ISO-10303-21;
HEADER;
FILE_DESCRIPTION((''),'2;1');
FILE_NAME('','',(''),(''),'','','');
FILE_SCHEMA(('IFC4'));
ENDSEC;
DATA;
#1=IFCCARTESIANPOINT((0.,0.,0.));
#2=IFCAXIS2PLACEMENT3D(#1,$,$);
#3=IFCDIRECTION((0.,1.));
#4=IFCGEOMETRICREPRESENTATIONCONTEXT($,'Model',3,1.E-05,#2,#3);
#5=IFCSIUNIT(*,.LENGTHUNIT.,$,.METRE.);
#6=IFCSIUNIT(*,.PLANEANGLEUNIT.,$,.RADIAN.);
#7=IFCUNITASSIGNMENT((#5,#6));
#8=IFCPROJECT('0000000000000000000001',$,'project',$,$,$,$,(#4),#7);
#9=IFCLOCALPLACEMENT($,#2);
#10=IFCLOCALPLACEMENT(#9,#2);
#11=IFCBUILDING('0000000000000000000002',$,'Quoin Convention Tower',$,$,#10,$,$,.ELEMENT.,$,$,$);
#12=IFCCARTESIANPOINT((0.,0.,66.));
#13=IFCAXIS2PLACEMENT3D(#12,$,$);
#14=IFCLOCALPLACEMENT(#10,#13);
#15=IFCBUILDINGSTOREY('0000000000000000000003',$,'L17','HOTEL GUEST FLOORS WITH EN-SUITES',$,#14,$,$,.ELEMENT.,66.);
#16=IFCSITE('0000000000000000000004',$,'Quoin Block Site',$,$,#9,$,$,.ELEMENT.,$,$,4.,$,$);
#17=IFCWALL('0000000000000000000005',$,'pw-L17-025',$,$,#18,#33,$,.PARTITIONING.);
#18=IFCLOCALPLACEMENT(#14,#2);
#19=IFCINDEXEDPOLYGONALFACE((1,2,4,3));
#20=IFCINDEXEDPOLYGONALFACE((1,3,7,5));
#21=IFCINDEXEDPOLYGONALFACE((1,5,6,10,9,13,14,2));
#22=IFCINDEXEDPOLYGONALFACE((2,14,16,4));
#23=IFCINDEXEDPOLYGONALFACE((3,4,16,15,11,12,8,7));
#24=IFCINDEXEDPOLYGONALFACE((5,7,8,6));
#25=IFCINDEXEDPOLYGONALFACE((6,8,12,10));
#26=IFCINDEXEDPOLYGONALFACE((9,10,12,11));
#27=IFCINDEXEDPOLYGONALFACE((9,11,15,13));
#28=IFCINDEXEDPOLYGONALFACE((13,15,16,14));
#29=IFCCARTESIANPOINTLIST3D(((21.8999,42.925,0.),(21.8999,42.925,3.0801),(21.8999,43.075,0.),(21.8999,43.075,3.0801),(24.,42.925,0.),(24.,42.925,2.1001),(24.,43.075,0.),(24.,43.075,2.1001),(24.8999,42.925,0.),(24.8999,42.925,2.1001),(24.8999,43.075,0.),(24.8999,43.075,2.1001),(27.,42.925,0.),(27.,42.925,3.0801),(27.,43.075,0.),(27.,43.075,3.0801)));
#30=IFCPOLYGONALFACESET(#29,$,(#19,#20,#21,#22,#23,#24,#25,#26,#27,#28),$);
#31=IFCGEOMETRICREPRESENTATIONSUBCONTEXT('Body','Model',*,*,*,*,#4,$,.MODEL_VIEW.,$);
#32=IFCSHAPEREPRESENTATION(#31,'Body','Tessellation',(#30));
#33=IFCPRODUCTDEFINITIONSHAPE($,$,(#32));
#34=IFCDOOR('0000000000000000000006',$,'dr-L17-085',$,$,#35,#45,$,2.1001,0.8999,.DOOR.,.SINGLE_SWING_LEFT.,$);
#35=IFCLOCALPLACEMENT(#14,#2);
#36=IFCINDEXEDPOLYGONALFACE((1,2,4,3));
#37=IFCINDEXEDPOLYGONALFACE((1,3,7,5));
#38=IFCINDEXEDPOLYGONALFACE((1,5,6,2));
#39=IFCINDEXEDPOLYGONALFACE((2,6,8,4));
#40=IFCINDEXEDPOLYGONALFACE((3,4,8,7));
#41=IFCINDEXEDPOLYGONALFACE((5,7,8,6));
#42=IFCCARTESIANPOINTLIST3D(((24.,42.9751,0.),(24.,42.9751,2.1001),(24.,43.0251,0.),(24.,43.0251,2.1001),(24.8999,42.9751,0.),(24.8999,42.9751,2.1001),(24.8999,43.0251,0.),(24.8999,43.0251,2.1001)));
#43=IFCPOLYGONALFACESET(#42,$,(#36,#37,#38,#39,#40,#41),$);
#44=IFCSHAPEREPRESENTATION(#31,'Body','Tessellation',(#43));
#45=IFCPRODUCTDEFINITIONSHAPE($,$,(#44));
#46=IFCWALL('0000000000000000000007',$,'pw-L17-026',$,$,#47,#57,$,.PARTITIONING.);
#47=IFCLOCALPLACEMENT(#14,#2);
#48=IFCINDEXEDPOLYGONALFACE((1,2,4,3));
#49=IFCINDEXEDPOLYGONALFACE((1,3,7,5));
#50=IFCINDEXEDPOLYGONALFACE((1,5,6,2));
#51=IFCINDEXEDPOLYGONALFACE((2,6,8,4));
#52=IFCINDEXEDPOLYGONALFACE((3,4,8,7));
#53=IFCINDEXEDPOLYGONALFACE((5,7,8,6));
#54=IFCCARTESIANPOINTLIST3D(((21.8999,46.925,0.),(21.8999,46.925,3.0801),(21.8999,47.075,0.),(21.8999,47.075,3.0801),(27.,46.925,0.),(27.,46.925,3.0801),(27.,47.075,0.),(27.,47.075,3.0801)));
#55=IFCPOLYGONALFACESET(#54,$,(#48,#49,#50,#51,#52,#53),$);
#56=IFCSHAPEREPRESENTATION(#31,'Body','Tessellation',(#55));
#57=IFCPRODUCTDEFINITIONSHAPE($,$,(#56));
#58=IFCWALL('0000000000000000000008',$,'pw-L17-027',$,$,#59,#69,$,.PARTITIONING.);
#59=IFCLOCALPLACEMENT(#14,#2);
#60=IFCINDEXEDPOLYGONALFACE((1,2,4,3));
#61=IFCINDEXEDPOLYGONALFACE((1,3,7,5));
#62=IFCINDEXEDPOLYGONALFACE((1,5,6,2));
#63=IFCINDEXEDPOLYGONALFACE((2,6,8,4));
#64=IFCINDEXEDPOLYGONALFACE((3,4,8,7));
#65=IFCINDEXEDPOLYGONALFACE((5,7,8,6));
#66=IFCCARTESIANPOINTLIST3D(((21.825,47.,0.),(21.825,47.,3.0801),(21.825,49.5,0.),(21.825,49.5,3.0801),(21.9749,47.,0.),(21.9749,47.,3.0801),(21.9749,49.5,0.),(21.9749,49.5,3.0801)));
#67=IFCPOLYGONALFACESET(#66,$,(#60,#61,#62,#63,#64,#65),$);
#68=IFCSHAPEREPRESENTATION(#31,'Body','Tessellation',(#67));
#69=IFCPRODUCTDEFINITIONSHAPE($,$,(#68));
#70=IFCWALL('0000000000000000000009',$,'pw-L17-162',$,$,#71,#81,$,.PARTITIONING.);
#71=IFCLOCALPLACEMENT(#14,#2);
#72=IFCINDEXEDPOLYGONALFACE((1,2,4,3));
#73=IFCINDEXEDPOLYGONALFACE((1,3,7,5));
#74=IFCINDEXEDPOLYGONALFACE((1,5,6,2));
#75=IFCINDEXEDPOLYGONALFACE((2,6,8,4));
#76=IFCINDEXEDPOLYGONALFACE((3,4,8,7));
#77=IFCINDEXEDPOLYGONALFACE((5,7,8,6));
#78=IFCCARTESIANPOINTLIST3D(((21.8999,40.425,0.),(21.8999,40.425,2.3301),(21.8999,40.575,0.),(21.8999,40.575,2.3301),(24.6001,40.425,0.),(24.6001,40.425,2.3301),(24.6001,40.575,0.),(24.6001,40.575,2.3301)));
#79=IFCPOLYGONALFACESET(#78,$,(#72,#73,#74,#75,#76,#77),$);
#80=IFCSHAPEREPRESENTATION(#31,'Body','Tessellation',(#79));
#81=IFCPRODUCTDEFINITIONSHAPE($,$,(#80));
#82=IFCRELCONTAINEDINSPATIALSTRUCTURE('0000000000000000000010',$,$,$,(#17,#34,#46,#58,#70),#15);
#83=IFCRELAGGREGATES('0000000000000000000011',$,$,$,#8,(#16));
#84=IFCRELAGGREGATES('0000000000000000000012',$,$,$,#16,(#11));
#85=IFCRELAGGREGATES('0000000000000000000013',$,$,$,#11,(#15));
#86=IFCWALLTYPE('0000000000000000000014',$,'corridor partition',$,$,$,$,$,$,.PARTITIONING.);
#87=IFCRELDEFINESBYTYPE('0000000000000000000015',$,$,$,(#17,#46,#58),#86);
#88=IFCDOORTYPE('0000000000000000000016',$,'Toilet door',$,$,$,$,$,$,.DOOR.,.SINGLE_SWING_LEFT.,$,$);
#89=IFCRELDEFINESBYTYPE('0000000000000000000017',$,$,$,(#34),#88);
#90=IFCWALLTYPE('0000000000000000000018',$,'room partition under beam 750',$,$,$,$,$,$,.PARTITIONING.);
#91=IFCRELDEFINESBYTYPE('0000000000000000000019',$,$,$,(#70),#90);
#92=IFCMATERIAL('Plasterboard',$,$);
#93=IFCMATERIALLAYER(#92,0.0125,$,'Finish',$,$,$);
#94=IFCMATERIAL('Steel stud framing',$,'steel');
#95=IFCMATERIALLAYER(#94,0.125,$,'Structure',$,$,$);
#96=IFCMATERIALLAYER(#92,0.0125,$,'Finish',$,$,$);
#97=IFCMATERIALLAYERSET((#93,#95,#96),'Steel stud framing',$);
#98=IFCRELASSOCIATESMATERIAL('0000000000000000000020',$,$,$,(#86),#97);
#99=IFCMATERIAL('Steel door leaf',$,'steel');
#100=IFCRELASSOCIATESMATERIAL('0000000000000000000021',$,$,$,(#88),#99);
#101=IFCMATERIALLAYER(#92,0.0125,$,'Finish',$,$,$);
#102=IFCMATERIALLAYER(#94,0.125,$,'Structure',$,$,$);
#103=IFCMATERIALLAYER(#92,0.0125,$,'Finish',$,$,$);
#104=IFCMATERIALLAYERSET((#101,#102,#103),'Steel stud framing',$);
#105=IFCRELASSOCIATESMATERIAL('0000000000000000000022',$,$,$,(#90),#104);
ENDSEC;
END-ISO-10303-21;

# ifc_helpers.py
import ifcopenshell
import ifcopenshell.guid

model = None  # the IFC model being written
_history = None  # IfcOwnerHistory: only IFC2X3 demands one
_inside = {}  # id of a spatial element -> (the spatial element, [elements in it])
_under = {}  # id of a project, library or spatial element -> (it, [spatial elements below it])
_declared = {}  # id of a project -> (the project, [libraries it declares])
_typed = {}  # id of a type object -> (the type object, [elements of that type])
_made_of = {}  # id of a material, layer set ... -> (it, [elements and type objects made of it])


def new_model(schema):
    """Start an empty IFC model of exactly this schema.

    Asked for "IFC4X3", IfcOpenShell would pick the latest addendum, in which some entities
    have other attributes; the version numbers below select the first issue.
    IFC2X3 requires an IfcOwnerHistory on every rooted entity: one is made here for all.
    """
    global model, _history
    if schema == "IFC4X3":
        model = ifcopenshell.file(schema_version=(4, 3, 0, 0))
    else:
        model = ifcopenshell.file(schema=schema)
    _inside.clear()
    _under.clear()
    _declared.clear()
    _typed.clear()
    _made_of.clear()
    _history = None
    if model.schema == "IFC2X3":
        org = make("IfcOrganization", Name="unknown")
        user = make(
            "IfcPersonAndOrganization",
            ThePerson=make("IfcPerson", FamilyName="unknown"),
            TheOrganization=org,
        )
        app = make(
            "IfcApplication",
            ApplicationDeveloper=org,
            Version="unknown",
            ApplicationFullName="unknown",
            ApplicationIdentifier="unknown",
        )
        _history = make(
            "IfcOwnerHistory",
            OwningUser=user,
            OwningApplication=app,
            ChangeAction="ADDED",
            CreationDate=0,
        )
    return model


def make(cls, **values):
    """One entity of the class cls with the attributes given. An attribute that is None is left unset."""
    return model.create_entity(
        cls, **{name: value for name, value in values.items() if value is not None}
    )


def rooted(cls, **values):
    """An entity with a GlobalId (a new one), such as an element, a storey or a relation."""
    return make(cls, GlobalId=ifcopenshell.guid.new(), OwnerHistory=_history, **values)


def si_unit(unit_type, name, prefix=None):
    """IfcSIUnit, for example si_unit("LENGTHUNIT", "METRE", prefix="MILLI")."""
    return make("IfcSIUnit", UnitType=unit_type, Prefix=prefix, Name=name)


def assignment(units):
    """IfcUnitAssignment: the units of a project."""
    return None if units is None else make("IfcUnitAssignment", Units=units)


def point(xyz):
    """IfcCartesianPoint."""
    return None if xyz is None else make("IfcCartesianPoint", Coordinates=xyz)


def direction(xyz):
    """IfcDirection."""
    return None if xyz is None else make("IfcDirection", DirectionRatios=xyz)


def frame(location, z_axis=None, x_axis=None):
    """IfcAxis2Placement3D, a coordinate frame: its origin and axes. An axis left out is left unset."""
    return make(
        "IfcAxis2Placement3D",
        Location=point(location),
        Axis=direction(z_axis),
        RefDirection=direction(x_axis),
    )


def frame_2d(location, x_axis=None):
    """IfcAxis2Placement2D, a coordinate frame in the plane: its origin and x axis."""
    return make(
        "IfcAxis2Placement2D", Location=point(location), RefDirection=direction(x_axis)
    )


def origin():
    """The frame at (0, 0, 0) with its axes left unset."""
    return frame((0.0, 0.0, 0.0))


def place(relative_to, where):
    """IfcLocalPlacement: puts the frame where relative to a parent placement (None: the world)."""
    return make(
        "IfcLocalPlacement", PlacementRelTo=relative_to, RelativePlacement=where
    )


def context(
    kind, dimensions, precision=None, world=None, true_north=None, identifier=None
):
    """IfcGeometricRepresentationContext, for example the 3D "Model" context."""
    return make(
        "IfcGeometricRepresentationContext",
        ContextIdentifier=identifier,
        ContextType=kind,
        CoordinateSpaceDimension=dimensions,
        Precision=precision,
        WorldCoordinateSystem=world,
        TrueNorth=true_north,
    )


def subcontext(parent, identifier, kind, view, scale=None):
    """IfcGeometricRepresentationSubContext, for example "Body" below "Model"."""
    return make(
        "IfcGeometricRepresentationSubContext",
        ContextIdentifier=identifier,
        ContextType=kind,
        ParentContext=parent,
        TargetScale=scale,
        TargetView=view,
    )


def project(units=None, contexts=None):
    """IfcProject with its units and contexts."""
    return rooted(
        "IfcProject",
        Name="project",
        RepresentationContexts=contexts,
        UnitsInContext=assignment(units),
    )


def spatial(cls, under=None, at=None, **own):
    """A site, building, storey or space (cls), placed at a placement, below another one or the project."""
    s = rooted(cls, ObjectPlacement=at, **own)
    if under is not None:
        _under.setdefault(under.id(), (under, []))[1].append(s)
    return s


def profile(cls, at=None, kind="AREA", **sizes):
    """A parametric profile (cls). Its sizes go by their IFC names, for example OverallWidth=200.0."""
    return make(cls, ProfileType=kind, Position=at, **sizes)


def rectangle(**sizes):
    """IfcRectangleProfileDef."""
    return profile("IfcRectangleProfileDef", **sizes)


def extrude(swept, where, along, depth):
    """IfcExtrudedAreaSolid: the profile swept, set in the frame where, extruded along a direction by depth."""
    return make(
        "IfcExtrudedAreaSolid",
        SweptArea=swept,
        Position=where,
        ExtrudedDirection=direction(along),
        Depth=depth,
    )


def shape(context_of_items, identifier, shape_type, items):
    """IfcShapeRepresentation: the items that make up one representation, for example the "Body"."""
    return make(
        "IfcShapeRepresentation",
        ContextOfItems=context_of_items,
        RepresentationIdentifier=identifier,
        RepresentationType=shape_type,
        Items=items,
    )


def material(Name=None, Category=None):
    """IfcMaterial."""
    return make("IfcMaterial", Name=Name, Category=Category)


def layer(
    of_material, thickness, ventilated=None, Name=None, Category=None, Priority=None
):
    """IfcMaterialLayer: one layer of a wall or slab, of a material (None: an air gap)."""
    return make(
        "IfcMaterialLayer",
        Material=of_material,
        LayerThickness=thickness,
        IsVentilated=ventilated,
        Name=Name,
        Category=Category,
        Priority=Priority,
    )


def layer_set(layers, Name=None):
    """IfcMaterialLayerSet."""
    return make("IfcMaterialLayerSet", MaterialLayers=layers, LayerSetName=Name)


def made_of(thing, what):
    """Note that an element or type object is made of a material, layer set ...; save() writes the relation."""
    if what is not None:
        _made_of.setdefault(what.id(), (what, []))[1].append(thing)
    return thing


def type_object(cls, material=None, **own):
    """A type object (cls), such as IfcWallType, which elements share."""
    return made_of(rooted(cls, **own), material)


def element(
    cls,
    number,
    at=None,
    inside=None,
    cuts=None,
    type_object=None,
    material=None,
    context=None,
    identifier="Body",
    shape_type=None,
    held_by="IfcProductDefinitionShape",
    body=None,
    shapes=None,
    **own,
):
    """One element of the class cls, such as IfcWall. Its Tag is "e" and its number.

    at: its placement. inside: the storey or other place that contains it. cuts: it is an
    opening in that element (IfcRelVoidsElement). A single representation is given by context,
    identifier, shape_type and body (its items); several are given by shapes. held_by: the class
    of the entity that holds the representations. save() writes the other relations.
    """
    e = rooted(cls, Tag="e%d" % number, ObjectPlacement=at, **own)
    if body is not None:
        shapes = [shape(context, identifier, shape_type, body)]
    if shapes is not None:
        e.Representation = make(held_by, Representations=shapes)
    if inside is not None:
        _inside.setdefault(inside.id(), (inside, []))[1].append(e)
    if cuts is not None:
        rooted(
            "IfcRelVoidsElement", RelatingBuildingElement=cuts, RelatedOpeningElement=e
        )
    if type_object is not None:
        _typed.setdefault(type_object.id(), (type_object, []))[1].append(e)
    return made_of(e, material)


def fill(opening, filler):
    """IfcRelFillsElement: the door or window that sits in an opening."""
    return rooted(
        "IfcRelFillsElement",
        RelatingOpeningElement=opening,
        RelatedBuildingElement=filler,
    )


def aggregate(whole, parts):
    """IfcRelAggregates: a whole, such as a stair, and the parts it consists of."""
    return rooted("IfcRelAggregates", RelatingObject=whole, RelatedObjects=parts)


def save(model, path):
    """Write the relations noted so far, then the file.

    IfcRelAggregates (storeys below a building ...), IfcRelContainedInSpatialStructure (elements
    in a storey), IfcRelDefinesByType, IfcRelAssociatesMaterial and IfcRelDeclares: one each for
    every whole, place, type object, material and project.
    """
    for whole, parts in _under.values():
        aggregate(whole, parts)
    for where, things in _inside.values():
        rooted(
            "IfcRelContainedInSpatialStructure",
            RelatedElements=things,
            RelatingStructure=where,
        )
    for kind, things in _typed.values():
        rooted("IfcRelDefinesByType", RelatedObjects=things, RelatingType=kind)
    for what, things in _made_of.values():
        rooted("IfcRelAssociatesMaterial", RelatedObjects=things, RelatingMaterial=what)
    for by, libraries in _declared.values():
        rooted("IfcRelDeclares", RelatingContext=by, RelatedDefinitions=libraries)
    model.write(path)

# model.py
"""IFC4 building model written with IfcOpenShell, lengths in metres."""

from ifc_helpers import new_model, si_unit, direction, frame, frame_2d, origin, place, context, subcontext, project, spatial, rectangle, extrude, material, layer, layer_set, type_object, element, fill, save


model = new_model("IFC4")

# Units and contexts
model_context = context("Model", 3, precision=1e-05, world=origin(), true_north=direction((0.0, 1.0)))
body_context = subcontext(model_context, "Body", "Model", "MODEL_VIEW")
ifc_project = project(units=[si_unit("LENGTHUNIT", "METRE"), si_unit("PLANEANGLEUNIT", "RADIAN")], contexts=[model_context])

# Site, building, storey
site_placement = place(None, origin())
site = spatial("IfcSite", under=ifc_project, at=site_placement, Name="Quoin Block Site", CompositionType="ELEMENT", RefElevation=4.0)
building_placement = place(site_placement, origin())
building = spatial("IfcBuilding", under=site, at=building_placement, Name="Quoin Convention Tower", CompositionType="ELEMENT")
storey_placement = place(building_placement, frame((0.0, 0.0, 66.0)))
storey = spatial("IfcBuildingStorey", under=building, at=storey_placement, Name="L17", Description="HOTEL GUEST FLOORS WITH EN-SUITES", CompositionType="ELEMENT", Elevation=66.0)

# Shared definitions
ifc_material_1 = material(Name="Steel door leaf", Category="steel")

# Wall, opening, door
ifc_material_2 = material(Name="Plasterboard")
ifc_layer_1 = layer(ifc_material_2, 0.0125, Name="Finish")
ifc_material_3 = material(Name="Steel stud framing", Category="steel")
ifc_layer_2 = layer(ifc_material_3, 0.125, Name="Structure")
ifc_layer_3 = layer(ifc_material_2, 0.0125, Name="Finish")
ifc_layer_set_1 = layer_set([ifc_layer_1, ifc_layer_2, ifc_layer_3], Name="Steel stud framing")
wall_type_1 = type_object("IfcWallType", Name="corridor partition", PredefinedType="PARTITIONING", material=ifc_layer_set_1)
wall_1_placement = place(storey_placement, frame((21.8999, 43.0, 0.0), z_axis=(0.0, 0.0, 1.0), x_axis=(1.0, 0.0, 0.0)))
wall_1 = element("IfcWall", 1, at=wall_1_placement, inside=storey, type_object=wall_type_1, Name="pw-L17-025", PredefinedType="PARTITIONING", context=body_context, shape_type="SweptSolid", body=[
    extrude(rectangle(XDim=5.1001, YDim=0.1499, at=frame_2d((2.55, 0.0))), origin(), (0.0, 0.0, 1.0), 3.0801),
])
opening_1_placement = place(wall_1_placement, frame((2.1001, 0.0, 0.0)))
opening_1 = element("IfcOpeningElement", 2, at=opening_1_placement, cuts=wall_1, PredefinedType="OPENING", context=body_context, shape_type="SweptSolid", body=[
    extrude(rectangle(XDim=0.8999, YDim=2.1001, at=frame_2d((0.45, 1.05))), frame((0.0, 0.085, 0.0), z_axis=(0.0, -1.0, 0.0), x_axis=(1.0, 0.0, 0.0)), (0.0, 0.0, 1.0), 0.1699),
])
door_type_1 = type_object("IfcDoorType", Name="Toilet door", OperationType="SINGLE_SWING_LEFT", PredefinedType="DOOR", material=ifc_material_1)
door_1_placement = place(opening_1_placement, frame((0.8999, 0.0, 0.0), z_axis=(0.0, 0.0, 1.0), x_axis=(-1.0, 0.0, 0.0)))
door_1 = element("IfcDoor", 3, at=door_1_placement, inside=storey, type_object=door_type_1, Name="dr-L17-085", OperationType="SINGLE_SWING_LEFT", OverallHeight=2.1001, OverallWidth=0.8999, PredefinedType="DOOR", context=body_context, shape_type="SweptSolid", body=[
    extrude(rectangle(XDim=0.8999, YDim=2.1001, at=frame_2d((0.45, 1.05))), frame((0.0, 0.0249, 0.0), z_axis=(0.0, -1.0, 0.0), x_axis=(1.0, 0.0, 0.0)), (0.0, 0.0, 1.0), 0.05),
])
fill(opening_1, door_1)

# Walls
wall_2_placement = place(storey_placement, frame((21.8999, 47.0, 0.0), z_axis=(0.0, 0.0, 1.0), x_axis=(1.0, 0.0, 0.0)))
element("IfcWall", 4, at=wall_2_placement, inside=storey, type_object=wall_type_1, Name="pw-L17-026", PredefinedType="PARTITIONING", context=body_context, shape_type="SweptSolid", body=[
    extrude(rectangle(XDim=5.1001, YDim=0.1499, at=frame_2d((2.55, 0.0))), origin(), (0.0, 0.0, 1.0), 3.0801),
])
wall_3_placement = place(storey_placement, frame((21.8999, 47.0, 0.0), z_axis=(0.0, 0.0, 1.0), x_axis=(0.0, 1.0, 0.0)))
element("IfcWall", 5, at=wall_3_placement, inside=storey, type_object=wall_type_1, Name="pw-L17-027", PredefinedType="PARTITIONING", context=body_context, shape_type="SweptSolid", body=[
    extrude(rectangle(XDim=2.5, YDim=0.1499, at=frame_2d((1.25, 0.0))), origin(), (0.0, 0.0, 1.0), 3.0801),
])
ifc_layer_4 = layer(ifc_material_2, 0.0125, Name="Finish")
ifc_layer_5 = layer(ifc_material_3, 0.125, Name="Structure")
ifc_layer_6 = layer(ifc_material_2, 0.0125, Name="Finish")
ifc_layer_set_2 = layer_set([ifc_layer_4, ifc_layer_5, ifc_layer_6], Name="Steel stud framing")
wall_type_2 = type_object("IfcWallType", Name="room partition under beam 750", PredefinedType="PARTITIONING", material=ifc_layer_set_2)
wall_4_placement = place(storey_placement, frame((21.8999, 40.5, 0.0), z_axis=(0.0, 0.0, 1.0), x_axis=(1.0, 0.0, 0.0)))
element("IfcWall", 6, at=wall_4_placement, inside=storey, type_object=wall_type_2, Name="pw-L17-162", PredefinedType="PARTITIONING", context=body_context, shape_type="SweptSolid", body=[
    extrude(rectangle(XDim=2.7002, YDim=0.1499, at=frame_2d((1.3501, 0.0))), origin(), (0.0, 0.0, 1.0), 2.3301),
])

save(model, "model.ifc")
